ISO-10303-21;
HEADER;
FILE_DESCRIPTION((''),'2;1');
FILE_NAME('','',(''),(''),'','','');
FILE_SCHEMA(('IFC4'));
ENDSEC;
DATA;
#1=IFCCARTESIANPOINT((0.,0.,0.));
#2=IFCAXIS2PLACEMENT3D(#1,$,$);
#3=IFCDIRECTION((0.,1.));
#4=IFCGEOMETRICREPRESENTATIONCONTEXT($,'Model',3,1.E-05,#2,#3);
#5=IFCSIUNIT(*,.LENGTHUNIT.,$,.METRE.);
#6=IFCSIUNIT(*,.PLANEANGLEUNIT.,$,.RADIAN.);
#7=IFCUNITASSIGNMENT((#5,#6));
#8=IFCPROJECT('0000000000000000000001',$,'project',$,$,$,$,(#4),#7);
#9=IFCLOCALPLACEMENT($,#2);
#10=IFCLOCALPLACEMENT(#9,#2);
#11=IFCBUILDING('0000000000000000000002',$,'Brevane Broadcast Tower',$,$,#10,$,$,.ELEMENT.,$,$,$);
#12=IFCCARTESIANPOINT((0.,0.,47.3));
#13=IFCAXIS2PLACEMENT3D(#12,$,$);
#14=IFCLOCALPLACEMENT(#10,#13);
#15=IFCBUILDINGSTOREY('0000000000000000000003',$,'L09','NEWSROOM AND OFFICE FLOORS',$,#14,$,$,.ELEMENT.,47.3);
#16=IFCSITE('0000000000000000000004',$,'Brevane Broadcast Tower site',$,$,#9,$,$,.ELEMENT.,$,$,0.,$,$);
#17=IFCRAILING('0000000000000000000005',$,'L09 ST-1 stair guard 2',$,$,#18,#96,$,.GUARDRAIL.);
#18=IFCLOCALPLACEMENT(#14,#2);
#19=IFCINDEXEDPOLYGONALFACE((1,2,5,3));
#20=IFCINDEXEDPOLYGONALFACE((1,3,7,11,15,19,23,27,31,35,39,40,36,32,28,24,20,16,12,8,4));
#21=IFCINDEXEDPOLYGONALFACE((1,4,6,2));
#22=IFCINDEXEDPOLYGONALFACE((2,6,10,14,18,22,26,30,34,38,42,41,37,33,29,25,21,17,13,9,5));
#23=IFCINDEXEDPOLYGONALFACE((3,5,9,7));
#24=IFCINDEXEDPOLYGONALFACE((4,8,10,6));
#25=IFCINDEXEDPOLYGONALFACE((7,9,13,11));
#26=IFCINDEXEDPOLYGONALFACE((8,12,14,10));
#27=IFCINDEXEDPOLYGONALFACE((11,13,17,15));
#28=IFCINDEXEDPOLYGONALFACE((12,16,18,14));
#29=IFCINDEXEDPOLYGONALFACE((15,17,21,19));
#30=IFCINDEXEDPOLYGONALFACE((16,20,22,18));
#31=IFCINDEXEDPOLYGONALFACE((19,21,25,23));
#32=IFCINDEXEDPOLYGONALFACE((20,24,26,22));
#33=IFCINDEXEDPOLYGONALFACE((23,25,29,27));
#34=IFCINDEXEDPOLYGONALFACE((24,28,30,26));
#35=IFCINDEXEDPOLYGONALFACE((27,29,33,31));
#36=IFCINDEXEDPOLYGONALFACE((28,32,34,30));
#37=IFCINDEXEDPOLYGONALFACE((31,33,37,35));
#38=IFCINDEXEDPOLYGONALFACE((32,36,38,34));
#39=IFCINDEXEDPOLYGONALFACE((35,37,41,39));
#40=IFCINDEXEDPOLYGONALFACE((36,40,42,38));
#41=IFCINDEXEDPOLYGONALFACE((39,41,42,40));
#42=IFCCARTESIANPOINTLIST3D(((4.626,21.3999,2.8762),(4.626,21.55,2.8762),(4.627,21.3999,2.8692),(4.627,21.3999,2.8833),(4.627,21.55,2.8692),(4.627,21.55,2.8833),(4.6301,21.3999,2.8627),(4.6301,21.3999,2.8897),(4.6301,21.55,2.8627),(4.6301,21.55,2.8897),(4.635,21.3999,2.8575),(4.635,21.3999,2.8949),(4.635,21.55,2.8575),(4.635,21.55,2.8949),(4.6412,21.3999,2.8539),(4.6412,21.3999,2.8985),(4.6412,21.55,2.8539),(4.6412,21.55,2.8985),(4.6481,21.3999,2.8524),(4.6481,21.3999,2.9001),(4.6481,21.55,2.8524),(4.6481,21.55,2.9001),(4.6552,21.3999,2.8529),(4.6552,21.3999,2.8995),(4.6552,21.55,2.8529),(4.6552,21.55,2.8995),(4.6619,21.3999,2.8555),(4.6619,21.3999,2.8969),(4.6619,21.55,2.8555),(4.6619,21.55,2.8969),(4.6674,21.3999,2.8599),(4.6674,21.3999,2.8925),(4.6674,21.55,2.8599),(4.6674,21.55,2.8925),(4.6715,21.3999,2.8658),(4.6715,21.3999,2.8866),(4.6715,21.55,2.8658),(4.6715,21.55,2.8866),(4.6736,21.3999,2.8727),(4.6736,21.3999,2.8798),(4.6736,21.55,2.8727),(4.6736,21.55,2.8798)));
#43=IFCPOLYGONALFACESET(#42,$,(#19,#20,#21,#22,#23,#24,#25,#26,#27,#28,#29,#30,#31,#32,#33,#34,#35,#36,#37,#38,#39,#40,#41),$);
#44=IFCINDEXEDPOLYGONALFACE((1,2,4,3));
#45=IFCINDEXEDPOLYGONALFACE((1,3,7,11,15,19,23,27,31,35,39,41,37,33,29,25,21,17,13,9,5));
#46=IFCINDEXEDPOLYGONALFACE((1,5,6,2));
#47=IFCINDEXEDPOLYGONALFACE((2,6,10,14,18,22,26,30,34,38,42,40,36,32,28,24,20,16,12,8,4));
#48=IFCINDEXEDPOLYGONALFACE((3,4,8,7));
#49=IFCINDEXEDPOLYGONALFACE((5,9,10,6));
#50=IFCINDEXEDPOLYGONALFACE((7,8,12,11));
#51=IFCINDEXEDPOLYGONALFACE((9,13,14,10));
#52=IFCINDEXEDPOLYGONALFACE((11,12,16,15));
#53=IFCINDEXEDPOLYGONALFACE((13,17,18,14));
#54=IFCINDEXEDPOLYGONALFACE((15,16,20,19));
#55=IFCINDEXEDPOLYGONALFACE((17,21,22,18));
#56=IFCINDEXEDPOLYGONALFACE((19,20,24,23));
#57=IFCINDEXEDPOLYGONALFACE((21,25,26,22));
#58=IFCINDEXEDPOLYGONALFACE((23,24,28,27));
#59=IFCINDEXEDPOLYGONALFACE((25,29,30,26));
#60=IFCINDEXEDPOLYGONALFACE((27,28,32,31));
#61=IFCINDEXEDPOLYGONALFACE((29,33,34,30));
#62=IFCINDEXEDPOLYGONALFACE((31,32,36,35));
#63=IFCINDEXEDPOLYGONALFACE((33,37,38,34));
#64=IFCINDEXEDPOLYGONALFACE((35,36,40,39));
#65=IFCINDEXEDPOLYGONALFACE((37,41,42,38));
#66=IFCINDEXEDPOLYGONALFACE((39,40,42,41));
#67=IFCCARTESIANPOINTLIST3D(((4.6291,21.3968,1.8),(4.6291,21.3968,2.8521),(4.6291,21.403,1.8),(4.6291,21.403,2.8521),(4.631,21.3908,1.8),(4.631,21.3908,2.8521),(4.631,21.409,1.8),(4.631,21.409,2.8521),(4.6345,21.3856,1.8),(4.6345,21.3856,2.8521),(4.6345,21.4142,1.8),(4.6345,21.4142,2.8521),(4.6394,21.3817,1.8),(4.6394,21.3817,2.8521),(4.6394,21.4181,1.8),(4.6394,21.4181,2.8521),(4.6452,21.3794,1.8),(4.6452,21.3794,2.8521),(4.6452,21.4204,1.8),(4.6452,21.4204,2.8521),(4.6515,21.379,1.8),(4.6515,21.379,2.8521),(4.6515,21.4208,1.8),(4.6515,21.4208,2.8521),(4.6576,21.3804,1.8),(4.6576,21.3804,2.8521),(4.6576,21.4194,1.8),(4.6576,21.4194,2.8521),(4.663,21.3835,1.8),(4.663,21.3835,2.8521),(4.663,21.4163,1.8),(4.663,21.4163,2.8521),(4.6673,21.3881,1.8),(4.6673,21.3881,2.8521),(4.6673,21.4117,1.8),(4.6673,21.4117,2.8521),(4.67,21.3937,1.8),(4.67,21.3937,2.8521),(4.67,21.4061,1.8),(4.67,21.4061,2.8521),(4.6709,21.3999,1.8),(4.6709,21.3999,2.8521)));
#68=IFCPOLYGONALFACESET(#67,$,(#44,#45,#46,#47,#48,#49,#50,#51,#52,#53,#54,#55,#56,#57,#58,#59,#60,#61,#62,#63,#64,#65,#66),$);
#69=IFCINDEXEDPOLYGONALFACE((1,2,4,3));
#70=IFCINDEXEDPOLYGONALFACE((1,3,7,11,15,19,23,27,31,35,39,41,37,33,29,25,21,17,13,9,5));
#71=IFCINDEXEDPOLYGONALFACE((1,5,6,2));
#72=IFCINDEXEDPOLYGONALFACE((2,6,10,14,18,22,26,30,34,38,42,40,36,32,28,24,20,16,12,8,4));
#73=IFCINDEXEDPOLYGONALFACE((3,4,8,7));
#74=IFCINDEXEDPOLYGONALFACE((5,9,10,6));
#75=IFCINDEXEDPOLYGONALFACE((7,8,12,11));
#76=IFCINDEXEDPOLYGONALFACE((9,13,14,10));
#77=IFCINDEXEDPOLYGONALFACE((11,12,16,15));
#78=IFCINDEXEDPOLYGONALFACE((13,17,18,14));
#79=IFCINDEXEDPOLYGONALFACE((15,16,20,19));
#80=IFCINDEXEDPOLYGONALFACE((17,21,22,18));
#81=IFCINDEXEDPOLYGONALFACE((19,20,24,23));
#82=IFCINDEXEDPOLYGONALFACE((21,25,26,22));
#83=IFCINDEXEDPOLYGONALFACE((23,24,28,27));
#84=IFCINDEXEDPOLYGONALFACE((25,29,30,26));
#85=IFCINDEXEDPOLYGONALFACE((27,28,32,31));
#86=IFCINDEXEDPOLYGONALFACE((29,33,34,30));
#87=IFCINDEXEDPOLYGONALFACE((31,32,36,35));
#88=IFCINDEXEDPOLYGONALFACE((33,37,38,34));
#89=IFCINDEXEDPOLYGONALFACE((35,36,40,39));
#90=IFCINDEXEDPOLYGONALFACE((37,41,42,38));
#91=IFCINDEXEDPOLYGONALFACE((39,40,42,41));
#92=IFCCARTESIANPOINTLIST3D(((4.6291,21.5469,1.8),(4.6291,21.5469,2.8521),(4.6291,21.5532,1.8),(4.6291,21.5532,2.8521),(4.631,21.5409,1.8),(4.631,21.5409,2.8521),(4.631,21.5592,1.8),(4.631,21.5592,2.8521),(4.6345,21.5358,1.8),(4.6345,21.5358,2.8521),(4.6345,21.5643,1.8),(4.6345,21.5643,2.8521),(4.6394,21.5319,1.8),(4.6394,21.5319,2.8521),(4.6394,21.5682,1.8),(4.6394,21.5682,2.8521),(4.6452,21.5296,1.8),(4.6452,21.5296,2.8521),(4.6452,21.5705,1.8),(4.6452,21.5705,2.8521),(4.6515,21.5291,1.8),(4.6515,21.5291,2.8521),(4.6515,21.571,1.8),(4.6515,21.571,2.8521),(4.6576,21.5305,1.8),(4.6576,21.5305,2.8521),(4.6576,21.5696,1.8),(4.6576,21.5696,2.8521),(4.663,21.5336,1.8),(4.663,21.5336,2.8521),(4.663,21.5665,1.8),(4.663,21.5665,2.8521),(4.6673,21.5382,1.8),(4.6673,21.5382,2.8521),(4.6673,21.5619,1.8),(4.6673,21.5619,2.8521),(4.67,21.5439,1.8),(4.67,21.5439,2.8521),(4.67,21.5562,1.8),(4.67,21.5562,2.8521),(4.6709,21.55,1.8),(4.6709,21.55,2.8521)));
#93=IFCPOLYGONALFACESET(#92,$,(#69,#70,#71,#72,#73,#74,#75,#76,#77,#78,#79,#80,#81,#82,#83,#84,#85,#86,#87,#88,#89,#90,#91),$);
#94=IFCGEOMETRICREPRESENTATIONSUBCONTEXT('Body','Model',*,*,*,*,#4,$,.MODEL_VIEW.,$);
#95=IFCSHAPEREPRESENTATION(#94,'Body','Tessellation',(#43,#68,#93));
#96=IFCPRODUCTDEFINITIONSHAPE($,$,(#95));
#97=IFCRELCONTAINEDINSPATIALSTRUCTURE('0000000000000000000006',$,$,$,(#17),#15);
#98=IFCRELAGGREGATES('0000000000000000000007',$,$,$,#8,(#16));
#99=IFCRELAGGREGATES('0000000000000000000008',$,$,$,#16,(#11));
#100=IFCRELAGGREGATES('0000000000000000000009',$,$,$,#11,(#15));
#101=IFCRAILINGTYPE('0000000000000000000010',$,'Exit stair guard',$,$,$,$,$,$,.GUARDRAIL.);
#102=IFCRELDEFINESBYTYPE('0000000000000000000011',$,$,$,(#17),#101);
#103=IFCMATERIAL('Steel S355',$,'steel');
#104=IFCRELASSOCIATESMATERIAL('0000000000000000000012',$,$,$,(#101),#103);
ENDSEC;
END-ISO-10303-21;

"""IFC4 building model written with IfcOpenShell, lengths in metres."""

from ifc_helpers import new_model, si_unit, direction, frame, origin, origin_2d, place, context, subcontext, project, spatial, circle, extrude, material, type_object, element, save


model = new_model("IFC4")

# Units and contexts
model_context = context("Model", 3, precision=1e-05, world=origin(), true_north=direction((0.0, 1.0)))
body_context = subcontext(model_context, "Body", "Model", "MODEL_VIEW")
ifc_project = project(units=[si_unit("LENGTHUNIT", "METRE"), si_unit("PLANEANGLEUNIT", "RADIAN")], contexts=[model_context])

# Site, building, storey
site_placement = place(None, origin())
site = spatial("IfcSite", under=ifc_project, at=site_placement, Name="Brevane Broadcast Tower site", CompositionType="ELEMENT", RefElevation=0.0)
building_placement = place(site_placement, origin())
building = spatial("IfcBuilding", under=site, at=building_placement, Name="Brevane Broadcast Tower", CompositionType="ELEMENT")
storey_placement = place(building_placement, frame((0.0, 0.0, 47.3)))
storey = spatial("IfcBuildingStorey", under=building, at=storey_placement, Name="L09", Description="NEWSROOM AND OFFICE FLOORS", CompositionType="ELEMENT", Elevation=47.3)

# Railing
ifc_material_1 = material(Name="Steel S355", Category="steel")
railing_type_1 = type_object("IfcRailingType", Name="Exit stair guard", PredefinedType="GUARDRAIL", material=ifc_material_1)
railing_1_placement = place(storey_placement, frame((4.6499, 21.3999, 1.8)))
element("IfcRailing", 1, at=railing_1_placement, inside=storey, type_object=railing_type_1, Name="L09 ST-1 stair guard 2", PredefinedType="GUARDRAIL", context=body_context, shape_type="SweptSolid", body=[
    extrude(circle(Radius=0.0239, at=origin_2d()), frame((0.0, 0.0, 1.0762), z_axis=(0.0, 1.0, 0.0), x_axis=(-1.0, 0.0, 0.0)), (0.0, 0.0, 1.0), 0.1501),
    extrude(circle(Radius=0.021, at=origin_2d()), origin(), (0.0, 0.0, 1.0), 1.052),
    extrude(circle(Radius=0.021, at=origin_2d()), frame((0.0, 0.1501, 0.0)), (0.0, 0.0, 1.0), 1.052),
])

save(model, "model.ifc")
